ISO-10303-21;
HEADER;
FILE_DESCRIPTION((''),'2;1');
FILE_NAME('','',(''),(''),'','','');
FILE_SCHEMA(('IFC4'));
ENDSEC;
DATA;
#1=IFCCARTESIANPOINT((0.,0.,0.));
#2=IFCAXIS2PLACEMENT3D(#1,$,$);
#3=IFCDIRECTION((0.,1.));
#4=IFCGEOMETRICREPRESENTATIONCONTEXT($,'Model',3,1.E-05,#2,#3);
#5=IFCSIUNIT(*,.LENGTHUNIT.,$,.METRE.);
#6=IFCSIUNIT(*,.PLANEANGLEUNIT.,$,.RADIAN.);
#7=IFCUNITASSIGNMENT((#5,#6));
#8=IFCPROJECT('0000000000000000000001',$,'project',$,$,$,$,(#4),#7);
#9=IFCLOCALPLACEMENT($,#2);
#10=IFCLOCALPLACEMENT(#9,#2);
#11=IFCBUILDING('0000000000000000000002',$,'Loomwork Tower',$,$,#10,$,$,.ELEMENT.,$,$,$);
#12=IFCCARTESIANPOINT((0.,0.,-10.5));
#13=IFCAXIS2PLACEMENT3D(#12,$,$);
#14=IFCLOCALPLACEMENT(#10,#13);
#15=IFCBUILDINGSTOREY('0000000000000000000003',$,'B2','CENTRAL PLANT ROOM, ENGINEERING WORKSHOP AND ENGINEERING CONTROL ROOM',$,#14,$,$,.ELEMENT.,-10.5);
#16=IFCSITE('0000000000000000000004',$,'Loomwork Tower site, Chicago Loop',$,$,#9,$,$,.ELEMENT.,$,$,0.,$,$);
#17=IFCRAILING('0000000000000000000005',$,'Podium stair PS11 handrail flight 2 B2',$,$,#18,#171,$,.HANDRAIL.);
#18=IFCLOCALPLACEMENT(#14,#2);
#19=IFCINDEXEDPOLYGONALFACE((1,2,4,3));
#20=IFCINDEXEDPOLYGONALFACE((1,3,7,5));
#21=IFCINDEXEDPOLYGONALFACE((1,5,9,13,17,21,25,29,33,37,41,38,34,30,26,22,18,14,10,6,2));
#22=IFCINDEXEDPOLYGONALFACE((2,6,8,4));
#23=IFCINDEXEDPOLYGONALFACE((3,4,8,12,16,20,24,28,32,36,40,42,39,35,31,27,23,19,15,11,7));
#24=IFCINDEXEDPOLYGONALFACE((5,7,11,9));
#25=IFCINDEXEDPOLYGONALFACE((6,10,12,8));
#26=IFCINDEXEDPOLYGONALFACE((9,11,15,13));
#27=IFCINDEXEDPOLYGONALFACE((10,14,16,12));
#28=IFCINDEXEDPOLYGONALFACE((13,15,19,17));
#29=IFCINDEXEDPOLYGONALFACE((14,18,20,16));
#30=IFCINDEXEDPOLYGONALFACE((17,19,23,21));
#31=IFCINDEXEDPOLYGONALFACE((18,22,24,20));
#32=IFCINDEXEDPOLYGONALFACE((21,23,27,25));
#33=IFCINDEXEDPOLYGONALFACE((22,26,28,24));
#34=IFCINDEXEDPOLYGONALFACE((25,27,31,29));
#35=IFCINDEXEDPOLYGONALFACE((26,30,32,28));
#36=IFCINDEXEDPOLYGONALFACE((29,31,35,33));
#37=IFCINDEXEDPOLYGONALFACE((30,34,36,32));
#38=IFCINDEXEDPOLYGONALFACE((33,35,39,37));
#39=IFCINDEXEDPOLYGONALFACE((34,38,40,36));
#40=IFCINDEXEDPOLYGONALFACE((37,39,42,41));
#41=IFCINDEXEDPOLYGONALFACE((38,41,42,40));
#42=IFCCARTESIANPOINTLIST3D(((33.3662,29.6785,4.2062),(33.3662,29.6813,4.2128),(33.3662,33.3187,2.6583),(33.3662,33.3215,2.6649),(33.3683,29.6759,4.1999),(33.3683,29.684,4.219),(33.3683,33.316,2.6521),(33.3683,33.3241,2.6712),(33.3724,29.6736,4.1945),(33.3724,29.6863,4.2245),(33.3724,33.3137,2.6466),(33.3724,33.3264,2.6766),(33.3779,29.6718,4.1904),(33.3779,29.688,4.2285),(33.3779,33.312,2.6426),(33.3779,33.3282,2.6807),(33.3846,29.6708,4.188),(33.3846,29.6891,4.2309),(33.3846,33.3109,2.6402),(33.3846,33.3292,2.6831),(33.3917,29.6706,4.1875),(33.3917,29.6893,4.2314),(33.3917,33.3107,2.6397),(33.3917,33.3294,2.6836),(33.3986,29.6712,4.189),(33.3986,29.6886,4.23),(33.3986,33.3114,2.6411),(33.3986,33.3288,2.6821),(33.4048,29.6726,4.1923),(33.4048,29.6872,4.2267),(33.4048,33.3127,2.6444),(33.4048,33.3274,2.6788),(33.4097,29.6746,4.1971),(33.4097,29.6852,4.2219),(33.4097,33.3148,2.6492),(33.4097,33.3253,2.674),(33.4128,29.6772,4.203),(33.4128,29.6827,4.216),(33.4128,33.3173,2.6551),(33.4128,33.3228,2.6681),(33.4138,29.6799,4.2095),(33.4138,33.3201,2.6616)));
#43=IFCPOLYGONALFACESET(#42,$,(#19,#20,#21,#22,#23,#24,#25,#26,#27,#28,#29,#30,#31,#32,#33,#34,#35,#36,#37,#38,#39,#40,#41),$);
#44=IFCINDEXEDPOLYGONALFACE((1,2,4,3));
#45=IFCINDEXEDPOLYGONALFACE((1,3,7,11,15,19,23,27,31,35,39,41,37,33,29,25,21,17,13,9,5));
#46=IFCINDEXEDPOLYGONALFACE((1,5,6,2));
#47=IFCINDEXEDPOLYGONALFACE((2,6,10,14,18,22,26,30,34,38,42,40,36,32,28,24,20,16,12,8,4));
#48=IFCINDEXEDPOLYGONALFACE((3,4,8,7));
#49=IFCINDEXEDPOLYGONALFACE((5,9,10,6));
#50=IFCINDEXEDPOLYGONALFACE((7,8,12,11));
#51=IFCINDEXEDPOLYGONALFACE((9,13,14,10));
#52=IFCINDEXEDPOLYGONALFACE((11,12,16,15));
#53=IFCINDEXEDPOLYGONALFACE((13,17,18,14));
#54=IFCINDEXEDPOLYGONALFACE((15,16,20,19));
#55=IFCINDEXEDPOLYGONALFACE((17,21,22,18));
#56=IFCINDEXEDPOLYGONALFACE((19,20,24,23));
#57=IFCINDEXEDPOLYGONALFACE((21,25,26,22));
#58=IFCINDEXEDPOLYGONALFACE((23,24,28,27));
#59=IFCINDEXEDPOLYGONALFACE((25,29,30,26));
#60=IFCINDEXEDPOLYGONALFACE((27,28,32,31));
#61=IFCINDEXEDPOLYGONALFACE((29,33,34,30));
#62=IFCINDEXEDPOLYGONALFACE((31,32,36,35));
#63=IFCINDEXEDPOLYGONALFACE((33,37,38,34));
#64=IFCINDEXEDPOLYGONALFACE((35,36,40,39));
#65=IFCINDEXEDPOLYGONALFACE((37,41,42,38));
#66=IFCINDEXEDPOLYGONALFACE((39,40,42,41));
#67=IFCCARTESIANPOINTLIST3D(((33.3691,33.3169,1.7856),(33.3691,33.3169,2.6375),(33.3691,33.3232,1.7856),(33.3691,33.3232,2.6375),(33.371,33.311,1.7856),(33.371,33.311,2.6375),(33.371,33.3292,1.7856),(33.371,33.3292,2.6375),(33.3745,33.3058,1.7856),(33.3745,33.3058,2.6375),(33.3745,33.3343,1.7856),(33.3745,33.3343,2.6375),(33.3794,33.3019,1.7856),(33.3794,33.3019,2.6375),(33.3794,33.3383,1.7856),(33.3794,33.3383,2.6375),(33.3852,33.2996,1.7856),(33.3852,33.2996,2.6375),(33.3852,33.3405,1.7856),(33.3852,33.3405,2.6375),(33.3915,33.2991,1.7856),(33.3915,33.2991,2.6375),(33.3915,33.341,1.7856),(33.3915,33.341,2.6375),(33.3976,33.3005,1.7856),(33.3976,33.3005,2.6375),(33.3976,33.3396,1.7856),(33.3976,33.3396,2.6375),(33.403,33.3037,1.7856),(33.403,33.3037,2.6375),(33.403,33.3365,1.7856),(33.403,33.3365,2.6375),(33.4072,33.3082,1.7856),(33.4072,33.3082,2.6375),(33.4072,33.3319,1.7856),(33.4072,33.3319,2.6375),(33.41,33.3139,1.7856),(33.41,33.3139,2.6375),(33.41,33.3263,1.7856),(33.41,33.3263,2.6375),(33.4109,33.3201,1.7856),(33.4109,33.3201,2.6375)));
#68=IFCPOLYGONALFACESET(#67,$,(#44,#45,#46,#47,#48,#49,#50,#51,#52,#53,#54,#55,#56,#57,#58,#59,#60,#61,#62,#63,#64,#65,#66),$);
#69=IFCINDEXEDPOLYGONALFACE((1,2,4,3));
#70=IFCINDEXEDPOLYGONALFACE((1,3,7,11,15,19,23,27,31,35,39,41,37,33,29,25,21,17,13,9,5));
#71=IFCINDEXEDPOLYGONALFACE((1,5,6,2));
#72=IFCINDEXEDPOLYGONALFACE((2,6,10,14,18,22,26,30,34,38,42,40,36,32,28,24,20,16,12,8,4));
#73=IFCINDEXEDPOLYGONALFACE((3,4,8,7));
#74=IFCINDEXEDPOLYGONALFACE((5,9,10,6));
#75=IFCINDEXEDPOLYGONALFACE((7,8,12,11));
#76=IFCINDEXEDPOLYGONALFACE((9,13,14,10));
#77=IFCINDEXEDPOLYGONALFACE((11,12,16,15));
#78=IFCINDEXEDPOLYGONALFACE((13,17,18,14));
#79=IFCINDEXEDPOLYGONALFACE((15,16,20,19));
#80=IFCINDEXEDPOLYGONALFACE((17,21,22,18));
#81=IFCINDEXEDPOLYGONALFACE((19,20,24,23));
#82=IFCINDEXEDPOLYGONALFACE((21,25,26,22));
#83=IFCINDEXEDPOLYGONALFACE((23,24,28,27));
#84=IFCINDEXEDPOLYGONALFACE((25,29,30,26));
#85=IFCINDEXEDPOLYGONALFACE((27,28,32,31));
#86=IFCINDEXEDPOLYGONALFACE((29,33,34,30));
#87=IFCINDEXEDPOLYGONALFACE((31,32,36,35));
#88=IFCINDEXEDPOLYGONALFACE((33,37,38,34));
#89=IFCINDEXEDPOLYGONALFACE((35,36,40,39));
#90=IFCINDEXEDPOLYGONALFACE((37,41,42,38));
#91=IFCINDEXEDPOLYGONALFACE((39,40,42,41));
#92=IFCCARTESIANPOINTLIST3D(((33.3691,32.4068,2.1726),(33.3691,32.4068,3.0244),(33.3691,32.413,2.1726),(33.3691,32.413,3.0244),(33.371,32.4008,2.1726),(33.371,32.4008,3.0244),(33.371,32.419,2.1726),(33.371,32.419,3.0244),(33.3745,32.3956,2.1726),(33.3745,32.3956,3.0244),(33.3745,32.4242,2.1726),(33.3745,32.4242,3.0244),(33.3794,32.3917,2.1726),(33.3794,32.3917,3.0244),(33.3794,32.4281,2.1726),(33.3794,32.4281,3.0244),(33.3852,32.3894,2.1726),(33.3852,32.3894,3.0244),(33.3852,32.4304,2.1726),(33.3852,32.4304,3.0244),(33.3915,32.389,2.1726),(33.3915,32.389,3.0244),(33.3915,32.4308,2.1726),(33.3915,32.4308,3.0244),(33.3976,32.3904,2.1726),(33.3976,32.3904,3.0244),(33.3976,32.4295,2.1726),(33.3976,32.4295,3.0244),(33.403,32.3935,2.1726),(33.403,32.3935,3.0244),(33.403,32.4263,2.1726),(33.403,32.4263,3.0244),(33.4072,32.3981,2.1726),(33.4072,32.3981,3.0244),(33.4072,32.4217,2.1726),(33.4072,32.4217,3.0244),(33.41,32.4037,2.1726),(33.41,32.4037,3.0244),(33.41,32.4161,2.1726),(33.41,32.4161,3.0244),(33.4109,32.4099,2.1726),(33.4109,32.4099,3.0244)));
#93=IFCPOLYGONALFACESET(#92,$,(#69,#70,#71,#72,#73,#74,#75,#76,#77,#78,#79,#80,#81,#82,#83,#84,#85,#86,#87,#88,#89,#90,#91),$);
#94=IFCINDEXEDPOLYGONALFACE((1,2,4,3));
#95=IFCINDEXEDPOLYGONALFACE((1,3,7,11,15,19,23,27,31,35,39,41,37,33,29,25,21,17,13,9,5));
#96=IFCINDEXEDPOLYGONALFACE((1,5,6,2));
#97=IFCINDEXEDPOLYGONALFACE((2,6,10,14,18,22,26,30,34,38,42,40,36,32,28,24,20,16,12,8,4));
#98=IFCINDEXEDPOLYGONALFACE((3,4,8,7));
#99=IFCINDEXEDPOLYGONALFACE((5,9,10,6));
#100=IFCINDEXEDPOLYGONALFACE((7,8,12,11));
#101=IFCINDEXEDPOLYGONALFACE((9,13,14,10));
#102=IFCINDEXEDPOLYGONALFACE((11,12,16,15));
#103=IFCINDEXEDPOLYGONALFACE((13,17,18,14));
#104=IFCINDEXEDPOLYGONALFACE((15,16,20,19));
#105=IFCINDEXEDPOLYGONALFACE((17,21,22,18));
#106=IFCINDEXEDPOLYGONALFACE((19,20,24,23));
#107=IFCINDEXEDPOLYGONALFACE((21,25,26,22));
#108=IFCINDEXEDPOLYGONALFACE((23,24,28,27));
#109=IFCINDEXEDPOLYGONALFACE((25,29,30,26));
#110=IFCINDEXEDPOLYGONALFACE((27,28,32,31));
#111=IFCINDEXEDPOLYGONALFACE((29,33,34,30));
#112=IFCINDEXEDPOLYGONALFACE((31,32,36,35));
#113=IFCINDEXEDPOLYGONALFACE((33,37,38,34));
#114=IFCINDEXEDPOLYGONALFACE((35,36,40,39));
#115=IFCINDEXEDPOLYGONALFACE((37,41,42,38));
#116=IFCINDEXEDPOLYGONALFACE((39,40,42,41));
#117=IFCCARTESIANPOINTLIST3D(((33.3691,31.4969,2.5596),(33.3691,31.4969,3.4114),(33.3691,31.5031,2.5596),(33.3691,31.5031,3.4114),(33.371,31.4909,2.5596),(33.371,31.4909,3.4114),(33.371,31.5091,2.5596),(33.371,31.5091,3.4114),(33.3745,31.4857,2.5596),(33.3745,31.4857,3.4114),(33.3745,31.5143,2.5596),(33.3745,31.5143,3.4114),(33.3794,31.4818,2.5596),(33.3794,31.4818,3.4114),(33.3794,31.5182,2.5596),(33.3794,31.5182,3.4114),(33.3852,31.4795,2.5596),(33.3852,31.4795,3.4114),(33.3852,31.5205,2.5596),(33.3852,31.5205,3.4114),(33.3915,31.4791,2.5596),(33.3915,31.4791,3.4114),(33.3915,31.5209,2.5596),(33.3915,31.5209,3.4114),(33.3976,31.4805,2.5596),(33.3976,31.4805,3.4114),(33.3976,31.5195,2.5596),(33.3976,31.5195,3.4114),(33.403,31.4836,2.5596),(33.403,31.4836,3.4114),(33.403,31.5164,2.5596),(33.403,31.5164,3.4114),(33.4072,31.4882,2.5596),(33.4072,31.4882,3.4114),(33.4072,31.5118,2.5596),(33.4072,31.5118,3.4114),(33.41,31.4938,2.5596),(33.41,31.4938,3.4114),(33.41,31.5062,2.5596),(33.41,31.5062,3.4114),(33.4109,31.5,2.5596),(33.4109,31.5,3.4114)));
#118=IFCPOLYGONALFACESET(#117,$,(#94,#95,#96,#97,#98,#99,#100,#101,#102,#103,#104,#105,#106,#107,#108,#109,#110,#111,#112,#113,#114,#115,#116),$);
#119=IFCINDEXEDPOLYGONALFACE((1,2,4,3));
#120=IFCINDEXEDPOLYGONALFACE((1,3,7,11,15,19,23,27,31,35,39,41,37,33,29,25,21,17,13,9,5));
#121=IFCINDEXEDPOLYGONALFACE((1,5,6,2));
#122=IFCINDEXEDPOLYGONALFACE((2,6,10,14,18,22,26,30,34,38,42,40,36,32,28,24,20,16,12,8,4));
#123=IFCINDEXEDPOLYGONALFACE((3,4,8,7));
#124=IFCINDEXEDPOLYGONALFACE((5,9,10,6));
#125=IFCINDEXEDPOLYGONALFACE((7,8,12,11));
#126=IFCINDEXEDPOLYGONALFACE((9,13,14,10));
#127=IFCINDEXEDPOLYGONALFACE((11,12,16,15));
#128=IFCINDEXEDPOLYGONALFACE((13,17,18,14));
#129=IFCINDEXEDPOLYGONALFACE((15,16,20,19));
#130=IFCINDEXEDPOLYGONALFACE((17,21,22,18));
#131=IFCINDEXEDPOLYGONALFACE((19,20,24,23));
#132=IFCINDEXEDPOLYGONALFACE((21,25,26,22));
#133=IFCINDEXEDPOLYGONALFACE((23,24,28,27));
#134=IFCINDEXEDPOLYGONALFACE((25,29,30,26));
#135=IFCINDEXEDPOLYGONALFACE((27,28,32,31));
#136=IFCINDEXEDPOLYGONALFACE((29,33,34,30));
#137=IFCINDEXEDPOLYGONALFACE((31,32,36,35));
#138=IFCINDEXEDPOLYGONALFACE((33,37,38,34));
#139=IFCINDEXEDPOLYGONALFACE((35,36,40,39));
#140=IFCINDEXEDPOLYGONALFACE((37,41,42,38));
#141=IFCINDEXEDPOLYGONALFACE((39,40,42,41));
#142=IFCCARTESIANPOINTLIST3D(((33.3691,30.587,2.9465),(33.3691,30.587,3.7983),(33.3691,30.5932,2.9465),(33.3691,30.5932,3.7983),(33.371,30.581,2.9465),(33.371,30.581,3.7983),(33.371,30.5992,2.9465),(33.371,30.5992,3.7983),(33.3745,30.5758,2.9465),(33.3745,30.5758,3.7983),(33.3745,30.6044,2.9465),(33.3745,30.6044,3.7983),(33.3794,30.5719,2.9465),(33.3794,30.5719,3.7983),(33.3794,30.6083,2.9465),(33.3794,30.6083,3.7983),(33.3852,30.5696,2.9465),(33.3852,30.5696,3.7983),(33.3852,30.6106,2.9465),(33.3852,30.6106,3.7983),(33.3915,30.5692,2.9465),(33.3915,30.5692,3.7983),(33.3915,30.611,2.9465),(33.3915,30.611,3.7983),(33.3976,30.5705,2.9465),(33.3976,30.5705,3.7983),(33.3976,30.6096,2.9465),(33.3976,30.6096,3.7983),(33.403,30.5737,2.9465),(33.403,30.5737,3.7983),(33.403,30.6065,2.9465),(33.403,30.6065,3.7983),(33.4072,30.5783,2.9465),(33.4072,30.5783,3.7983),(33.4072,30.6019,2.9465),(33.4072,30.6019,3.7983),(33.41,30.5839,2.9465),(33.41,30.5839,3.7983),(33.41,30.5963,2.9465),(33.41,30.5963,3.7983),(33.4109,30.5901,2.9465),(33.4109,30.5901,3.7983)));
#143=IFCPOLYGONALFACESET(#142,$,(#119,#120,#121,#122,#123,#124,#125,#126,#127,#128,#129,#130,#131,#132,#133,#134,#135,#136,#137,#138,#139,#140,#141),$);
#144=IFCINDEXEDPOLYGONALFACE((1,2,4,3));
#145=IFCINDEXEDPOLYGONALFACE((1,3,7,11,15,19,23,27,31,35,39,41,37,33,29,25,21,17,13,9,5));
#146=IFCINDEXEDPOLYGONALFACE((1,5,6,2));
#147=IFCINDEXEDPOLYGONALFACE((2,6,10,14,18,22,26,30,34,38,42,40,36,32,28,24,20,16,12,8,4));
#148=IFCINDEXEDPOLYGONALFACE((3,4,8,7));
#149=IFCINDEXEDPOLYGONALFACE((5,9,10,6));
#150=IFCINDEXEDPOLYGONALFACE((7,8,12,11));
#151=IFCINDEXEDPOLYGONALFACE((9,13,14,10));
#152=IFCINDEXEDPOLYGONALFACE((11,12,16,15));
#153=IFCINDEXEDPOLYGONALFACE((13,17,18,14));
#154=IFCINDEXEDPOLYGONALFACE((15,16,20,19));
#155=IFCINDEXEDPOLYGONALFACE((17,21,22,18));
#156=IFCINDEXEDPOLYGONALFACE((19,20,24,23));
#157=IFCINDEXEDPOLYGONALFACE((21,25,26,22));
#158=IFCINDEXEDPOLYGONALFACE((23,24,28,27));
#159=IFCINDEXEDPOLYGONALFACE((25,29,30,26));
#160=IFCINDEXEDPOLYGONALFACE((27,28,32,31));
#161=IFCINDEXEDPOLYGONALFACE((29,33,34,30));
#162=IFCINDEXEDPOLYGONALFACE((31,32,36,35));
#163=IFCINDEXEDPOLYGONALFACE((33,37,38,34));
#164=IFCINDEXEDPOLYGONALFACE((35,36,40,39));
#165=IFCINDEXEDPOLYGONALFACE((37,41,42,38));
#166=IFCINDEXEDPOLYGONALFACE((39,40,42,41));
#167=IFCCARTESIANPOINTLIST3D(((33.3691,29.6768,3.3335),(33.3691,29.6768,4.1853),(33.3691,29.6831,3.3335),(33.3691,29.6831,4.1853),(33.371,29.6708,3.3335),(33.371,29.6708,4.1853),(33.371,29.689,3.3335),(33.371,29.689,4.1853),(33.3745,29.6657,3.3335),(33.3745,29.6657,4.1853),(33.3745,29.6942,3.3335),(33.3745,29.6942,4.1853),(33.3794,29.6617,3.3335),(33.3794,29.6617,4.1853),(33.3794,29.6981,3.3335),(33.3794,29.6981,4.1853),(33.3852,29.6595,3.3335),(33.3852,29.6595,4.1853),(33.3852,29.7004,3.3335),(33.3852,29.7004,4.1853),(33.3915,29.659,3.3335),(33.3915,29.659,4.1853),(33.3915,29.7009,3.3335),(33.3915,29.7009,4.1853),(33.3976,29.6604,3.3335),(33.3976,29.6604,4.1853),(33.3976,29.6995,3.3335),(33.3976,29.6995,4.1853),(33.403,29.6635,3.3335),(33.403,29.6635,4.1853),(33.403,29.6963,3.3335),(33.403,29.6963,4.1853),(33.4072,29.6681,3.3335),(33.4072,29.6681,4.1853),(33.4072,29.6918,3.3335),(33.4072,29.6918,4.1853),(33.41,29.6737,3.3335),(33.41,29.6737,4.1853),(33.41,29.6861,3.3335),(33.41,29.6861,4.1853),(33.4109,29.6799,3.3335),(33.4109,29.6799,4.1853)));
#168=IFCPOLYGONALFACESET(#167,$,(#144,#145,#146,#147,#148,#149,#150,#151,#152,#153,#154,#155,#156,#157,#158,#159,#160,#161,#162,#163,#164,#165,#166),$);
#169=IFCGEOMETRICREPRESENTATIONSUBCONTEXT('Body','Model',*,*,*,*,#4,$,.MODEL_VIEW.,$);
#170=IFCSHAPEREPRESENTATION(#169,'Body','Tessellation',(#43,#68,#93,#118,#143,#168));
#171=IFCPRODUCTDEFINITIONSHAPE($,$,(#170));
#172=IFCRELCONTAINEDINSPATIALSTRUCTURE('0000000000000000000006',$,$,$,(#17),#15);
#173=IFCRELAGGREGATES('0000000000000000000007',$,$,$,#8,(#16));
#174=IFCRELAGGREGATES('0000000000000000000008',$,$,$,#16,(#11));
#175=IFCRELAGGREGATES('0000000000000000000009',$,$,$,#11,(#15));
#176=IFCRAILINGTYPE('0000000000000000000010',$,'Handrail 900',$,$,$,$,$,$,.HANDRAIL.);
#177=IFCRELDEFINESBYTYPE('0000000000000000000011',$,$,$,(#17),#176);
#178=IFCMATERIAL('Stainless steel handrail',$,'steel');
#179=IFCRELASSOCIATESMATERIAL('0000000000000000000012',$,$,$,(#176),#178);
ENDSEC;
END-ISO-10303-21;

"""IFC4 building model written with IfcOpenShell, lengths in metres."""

from ifc_helpers import new_model, si_unit, direction, frame, origin, origin_2d, place, context, subcontext, project, spatial, circle, extrude, material, type_object, element, save


model = new_model("IFC4")

# Units and contexts
model_context = context("Model", 3, precision=1e-05, world=origin(), true_north=direction((0.0, 1.0)))
body_context = subcontext(model_context, "Body", "Model", "MODEL_VIEW")
ifc_project = project(units=[si_unit("LENGTHUNIT", "METRE"), si_unit("PLANEANGLEUNIT", "RADIAN")], contexts=[model_context])

# Site, building, storey
site_placement = place(None, origin())
site = spatial("IfcSite", under=ifc_project, at=site_placement, Name="Loomwork Tower site, Chicago Loop", CompositionType="ELEMENT", RefElevation=0.0)
building_placement = place(site_placement, origin())
building = spatial("IfcBuilding", under=site, at=building_placement, Name="Loomwork Tower", CompositionType="ELEMENT")
storey_placement = place(building_placement, frame((0.0, 0.0, -10.5)))
storey = spatial("IfcBuildingStorey", under=building, at=storey_placement, Name="B2", Description="CENTRAL PLANT ROOM, ENGINEERING WORKSHOP AND ENGINEERING CONTROL ROOM", CompositionType="ELEMENT", Elevation=-10.5)

# Railing
ifc_material_1 = material(Name="Stainless steel handrail", Category="steel")
railing_type = type_object("IfcRailingType", Name="Handrail 900", PredefinedType="HANDRAIL", material=ifc_material_1)
railing_1_placement = place(storey_placement, frame((33.3899, 33.3201, 1.7856)))
element("IfcRailing", 1, at=railing_1_placement, inside=storey, type_object=railing_type, Name="Podium stair PS11 handrail flight 2 B2", PredefinedType="HANDRAIL", context=body_context, shape_type="SweptSolid", body=[
    extrude(circle(Radius=0.0239, at=origin_2d()), frame((0.0, 0.0, 0.876), z_axis=(0.0, -0.920259, 0.391311), x_axis=(1.0, 0.0, 0.0)), (0.0, 0.0, 1.0), 3.9556),
    extrude(circle(Radius=0.021, at=origin_2d()), origin(), (0.0, 0.0, 1.0), 0.8518),
    extrude(circle(Radius=0.021, at=origin_2d()), frame((0.0, -0.9102, 0.387)), (0.0, 0.0, 1.0), 0.8518),
    extrude(circle(Radius=0.021, at=origin_2d()), frame((0.0, -1.8201, 0.7739)), (0.0, 0.0, 1.0), 0.8518),
    extrude(circle(Radius=0.021, at=origin_2d()), frame((0.0, -2.73, 1.1609)), (0.0, 0.0, 1.0), 0.8518),
    extrude(circle(Radius=0.021, at=origin_2d()), frame((0.0, -3.6401, 1.5479)), (0.0, 0.0, 1.0), 0.8518),
])

save(model, "model.ifc")
